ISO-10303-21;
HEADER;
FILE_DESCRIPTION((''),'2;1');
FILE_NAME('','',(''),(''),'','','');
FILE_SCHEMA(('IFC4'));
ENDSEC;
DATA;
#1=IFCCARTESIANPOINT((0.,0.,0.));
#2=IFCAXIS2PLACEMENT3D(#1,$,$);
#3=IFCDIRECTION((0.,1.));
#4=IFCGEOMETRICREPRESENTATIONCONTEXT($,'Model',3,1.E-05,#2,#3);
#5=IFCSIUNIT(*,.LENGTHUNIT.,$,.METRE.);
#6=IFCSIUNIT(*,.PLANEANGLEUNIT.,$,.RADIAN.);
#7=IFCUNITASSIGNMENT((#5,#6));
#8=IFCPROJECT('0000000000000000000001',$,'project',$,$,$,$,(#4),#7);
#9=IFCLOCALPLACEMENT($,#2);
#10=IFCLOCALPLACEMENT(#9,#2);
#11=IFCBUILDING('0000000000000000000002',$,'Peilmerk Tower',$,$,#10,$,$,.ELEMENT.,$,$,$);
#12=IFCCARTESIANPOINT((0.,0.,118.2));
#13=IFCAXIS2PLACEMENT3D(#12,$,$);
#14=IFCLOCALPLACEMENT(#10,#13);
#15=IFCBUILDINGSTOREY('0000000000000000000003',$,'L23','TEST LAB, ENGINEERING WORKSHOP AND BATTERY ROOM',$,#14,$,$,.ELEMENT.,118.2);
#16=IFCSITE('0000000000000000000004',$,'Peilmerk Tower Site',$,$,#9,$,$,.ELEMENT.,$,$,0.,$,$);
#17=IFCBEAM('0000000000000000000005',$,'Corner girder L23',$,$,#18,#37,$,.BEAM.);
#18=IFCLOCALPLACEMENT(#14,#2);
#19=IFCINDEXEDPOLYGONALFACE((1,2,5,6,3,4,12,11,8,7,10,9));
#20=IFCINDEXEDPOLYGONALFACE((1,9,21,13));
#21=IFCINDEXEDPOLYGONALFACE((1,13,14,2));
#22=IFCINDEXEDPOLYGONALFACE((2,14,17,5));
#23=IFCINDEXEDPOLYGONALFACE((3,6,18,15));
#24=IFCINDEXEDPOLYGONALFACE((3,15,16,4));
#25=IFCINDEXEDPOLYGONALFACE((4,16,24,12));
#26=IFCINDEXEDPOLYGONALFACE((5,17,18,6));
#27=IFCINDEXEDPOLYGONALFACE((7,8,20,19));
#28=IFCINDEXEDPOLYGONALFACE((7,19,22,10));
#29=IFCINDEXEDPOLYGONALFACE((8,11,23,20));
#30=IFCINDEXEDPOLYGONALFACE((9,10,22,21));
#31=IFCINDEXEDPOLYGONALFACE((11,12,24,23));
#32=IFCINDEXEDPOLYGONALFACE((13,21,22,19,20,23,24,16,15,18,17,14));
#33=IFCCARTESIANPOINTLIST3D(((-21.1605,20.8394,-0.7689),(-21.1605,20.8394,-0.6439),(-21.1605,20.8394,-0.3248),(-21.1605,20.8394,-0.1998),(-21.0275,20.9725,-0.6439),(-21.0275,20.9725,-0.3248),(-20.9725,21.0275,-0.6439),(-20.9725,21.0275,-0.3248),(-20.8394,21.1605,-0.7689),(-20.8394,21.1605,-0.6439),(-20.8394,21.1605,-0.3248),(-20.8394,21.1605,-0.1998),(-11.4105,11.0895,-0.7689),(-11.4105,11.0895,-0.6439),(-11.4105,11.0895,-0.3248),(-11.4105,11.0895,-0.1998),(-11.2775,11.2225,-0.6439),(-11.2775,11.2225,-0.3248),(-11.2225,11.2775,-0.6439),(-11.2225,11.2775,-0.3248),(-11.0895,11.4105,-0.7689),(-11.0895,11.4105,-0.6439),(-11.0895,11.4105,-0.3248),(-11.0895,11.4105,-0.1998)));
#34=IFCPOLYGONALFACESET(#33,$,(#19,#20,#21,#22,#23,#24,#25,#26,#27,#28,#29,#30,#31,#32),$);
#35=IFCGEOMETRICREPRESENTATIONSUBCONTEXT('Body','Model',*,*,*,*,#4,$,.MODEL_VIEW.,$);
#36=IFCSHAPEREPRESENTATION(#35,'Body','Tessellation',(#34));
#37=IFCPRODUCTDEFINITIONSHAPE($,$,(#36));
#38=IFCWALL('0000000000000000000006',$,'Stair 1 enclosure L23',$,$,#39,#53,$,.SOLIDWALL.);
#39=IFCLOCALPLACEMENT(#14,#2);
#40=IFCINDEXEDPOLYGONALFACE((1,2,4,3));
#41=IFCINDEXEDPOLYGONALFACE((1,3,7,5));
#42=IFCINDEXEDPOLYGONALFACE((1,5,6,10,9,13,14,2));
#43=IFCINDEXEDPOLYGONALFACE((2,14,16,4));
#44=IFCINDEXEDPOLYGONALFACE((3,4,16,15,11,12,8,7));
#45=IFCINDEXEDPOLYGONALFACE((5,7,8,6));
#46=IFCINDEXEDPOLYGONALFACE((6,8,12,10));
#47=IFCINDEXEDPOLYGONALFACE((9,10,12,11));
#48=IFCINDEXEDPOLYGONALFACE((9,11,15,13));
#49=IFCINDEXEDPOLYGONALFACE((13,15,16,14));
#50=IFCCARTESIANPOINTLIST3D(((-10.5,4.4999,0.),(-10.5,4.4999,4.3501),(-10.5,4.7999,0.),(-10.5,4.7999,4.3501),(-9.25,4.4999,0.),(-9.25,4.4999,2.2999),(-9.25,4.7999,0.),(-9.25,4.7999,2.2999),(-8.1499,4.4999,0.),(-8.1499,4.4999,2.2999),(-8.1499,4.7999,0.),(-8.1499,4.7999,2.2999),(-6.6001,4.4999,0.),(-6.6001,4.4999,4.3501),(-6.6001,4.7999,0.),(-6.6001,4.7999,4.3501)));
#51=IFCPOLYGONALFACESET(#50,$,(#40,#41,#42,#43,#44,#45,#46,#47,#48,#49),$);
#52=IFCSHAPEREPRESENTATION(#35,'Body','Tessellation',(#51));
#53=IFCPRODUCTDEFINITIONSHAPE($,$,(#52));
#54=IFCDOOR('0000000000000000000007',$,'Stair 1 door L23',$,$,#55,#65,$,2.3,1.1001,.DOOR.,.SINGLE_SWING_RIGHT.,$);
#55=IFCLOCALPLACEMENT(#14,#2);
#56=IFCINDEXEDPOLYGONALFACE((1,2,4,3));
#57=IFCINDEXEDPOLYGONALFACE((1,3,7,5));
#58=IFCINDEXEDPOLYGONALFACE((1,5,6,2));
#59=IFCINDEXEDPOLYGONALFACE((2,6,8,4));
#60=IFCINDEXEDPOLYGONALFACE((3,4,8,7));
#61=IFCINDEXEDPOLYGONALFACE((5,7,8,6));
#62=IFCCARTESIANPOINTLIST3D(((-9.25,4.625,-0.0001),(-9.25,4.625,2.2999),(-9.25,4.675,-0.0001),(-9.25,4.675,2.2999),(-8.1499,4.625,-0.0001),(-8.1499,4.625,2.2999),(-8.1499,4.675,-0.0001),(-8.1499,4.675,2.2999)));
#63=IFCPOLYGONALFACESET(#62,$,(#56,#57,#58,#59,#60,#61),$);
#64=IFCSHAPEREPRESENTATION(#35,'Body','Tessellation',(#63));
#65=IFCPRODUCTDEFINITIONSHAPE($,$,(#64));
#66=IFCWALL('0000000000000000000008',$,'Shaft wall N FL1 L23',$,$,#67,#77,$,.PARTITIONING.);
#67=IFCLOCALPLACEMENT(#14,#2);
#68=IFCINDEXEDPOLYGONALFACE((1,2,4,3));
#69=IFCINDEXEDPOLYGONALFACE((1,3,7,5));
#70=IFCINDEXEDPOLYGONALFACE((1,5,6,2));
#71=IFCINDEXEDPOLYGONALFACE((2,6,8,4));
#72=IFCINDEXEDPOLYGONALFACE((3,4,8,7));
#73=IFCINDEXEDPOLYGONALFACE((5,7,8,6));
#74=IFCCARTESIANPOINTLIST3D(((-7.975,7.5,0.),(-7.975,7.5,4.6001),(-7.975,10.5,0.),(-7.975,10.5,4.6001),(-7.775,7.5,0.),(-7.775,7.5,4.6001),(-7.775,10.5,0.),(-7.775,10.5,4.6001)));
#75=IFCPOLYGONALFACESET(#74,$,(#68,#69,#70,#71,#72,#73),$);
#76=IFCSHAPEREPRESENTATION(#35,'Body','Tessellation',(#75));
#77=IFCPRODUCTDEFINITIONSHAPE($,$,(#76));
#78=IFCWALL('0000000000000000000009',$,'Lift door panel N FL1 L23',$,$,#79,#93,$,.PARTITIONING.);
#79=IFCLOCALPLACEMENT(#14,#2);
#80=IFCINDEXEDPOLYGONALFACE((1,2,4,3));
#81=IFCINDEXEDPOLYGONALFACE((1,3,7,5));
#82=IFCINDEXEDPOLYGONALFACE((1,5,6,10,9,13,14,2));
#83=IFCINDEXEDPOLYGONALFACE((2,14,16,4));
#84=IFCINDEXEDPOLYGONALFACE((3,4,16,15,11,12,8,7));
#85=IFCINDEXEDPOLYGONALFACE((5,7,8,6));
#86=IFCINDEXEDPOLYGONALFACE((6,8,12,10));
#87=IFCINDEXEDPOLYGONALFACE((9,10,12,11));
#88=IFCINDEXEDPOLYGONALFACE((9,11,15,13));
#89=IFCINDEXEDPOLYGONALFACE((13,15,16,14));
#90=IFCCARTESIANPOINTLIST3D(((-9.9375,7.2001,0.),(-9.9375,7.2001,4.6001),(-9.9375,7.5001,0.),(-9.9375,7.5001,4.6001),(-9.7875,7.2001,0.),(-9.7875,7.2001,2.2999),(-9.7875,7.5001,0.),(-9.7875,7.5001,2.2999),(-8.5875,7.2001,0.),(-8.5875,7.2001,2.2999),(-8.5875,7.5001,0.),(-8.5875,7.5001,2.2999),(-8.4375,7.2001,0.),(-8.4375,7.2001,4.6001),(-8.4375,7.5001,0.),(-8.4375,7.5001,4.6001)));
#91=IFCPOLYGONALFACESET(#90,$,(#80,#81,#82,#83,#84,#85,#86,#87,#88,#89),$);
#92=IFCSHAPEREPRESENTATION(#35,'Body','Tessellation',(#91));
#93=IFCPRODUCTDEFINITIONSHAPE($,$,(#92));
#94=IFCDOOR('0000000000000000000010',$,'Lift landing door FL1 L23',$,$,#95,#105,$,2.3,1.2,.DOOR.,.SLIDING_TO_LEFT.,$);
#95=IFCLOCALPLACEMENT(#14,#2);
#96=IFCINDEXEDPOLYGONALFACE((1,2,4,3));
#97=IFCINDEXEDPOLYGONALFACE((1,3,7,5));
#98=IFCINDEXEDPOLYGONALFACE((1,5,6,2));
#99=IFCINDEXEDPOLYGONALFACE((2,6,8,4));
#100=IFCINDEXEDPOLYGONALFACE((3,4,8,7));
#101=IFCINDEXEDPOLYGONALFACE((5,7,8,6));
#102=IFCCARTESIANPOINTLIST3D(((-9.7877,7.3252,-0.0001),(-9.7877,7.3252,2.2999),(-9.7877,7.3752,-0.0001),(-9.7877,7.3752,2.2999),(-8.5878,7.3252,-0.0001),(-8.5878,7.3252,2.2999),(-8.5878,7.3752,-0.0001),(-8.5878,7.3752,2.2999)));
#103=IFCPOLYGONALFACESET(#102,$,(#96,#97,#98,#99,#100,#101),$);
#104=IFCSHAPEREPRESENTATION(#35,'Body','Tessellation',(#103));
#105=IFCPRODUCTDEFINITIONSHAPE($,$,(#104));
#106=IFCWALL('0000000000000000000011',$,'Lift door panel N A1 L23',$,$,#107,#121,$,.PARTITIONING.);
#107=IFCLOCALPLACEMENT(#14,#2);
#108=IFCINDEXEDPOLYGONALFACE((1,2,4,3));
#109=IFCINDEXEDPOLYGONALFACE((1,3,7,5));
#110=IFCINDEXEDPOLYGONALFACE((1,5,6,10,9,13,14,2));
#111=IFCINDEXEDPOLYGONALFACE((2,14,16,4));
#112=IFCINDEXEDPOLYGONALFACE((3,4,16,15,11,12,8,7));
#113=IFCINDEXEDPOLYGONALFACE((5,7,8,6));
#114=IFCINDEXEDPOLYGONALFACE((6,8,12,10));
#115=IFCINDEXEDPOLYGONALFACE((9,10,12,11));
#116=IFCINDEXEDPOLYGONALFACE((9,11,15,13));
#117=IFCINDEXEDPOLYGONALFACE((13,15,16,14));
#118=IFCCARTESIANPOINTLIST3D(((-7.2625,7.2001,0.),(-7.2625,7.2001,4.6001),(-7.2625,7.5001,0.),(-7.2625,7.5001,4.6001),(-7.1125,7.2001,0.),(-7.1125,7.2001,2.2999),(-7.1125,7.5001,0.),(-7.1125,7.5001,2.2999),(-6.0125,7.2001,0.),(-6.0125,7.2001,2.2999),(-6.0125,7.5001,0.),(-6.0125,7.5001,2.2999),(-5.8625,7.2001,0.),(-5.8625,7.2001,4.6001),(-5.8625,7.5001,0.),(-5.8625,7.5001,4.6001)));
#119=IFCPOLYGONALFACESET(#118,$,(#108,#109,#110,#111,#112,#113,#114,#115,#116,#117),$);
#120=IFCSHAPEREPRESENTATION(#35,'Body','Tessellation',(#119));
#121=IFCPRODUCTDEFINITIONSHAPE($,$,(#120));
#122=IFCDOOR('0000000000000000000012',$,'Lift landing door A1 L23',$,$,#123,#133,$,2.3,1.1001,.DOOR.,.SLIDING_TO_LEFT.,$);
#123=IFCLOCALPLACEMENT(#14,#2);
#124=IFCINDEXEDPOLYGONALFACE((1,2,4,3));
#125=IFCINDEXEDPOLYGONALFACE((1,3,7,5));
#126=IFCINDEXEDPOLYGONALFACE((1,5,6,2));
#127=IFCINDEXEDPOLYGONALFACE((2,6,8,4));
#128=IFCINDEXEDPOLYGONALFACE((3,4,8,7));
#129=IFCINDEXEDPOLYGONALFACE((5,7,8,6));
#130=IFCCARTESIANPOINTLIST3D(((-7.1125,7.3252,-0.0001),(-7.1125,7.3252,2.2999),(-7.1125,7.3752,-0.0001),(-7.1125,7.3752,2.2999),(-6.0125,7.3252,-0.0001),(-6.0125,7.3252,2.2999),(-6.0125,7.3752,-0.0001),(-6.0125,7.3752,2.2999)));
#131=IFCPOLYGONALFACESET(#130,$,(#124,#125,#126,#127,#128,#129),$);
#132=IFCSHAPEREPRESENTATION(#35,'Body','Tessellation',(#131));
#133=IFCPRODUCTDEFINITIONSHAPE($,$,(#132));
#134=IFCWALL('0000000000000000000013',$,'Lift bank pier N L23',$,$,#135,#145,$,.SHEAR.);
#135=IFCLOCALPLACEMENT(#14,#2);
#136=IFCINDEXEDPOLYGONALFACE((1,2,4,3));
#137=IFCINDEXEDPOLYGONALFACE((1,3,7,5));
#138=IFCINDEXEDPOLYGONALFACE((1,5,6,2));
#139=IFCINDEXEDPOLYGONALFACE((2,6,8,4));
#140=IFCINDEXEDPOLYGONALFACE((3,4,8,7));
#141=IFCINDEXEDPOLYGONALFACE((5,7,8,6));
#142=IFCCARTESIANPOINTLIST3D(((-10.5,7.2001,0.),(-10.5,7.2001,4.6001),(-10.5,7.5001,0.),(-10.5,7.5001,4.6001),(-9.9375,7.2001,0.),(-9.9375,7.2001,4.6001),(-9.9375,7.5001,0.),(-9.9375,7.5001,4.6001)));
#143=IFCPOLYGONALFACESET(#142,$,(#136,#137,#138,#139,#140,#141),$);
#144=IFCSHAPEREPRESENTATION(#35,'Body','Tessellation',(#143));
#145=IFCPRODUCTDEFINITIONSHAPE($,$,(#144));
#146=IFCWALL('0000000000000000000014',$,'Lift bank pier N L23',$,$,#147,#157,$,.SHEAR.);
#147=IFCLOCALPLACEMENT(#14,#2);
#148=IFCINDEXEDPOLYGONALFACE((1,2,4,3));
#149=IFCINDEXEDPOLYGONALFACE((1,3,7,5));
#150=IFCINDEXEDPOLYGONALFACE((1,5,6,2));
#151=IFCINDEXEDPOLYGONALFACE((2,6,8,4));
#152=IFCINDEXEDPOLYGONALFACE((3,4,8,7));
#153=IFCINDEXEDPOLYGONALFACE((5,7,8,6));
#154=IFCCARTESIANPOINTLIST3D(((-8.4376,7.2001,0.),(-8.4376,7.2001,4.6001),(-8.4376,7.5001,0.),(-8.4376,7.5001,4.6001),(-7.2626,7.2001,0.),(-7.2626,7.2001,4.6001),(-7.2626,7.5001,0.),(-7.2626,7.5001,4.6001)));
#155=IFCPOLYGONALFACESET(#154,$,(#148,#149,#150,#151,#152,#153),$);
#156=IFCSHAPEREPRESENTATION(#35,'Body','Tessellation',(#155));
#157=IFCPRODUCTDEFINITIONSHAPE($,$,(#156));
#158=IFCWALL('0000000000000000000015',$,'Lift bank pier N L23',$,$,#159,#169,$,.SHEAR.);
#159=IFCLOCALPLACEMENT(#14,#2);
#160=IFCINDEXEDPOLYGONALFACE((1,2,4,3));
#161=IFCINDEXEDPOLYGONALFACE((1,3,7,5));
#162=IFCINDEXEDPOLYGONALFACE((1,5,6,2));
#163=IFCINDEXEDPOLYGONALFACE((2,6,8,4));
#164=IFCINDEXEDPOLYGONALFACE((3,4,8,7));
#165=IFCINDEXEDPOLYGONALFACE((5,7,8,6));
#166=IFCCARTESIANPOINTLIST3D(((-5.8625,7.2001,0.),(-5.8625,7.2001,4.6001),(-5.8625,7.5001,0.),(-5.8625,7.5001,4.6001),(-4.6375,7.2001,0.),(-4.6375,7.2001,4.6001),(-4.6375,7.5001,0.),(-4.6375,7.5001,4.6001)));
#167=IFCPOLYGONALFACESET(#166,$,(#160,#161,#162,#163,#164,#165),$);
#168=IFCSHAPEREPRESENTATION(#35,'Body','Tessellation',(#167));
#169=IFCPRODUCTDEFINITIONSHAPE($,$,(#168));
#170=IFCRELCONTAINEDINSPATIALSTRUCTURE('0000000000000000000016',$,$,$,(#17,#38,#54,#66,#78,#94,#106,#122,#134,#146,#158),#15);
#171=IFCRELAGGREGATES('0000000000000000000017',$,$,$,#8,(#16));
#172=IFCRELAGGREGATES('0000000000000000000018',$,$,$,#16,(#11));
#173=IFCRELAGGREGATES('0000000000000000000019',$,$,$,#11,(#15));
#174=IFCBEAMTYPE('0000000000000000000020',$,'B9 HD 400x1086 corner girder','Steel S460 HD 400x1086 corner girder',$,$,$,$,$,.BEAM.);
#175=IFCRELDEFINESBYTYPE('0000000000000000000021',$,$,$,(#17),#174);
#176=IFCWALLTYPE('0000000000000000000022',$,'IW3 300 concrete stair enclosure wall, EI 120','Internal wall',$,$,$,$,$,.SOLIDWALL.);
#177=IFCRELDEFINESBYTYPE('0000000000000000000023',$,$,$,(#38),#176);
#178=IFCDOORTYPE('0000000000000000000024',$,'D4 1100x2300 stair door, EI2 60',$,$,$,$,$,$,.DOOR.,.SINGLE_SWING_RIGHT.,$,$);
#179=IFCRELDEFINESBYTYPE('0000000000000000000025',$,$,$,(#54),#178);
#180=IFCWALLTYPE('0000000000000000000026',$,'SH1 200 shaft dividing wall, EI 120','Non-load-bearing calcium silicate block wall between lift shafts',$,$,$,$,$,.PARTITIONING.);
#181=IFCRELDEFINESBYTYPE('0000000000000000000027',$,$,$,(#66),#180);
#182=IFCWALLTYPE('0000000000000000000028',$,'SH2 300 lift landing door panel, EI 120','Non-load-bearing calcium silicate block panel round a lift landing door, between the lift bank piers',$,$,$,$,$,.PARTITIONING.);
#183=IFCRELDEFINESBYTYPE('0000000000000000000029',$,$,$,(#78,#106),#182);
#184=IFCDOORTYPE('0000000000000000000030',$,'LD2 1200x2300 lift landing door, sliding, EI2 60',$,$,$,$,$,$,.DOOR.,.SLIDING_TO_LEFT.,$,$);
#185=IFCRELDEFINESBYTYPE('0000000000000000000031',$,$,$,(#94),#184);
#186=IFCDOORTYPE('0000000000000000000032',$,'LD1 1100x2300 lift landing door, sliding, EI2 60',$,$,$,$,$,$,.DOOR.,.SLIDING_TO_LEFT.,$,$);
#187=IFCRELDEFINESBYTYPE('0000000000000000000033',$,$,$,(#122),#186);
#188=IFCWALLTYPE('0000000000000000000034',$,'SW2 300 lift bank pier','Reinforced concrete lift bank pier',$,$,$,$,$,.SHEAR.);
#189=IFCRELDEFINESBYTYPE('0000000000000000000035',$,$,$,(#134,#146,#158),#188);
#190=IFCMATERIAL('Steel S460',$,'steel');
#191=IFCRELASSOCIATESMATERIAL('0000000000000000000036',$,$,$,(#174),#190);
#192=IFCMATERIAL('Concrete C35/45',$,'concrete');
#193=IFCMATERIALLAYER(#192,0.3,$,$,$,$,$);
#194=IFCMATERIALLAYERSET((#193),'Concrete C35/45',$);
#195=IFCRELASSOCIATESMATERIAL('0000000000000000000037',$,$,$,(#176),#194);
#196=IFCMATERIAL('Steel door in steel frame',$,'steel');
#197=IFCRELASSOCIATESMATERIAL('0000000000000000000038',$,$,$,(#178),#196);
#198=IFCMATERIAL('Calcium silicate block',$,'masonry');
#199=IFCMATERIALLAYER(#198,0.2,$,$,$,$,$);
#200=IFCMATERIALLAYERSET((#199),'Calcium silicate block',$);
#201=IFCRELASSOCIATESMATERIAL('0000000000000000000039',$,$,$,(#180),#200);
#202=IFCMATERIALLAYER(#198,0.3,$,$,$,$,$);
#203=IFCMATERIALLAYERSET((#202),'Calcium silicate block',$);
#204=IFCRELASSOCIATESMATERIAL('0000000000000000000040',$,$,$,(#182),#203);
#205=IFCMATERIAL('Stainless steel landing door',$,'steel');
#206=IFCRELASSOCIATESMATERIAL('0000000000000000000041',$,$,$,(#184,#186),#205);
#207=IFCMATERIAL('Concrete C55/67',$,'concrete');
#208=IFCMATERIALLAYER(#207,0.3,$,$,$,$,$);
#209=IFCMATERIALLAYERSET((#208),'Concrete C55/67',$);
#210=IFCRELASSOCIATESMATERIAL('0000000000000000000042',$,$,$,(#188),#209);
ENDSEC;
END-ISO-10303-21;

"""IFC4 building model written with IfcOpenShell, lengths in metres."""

from ifc_helpers import new_model, si_unit, direction, frame, frame_2d, origin, origin_2d, place, context, subcontext, project, spatial, rectangle, i_section, extrude, material, layer, layer_set, material_profile, profile_set, type_object, element, fill, save


model = new_model("IFC4")

# Units and contexts
model_context = context("Model", 3, precision=1e-05, world=origin(), true_north=direction((0.0, 1.0)))
body_context = subcontext(model_context, "Body", "Model", "MODEL_VIEW")
ifc_project = project(units=[si_unit("LENGTHUNIT", "METRE"), si_unit("PLANEANGLEUNIT", "RADIAN")], contexts=[model_context])

# Site, building, storey
site_placement = place(None, origin())
site = spatial("IfcSite", under=ifc_project, at=site_placement, Name="Peilmerk Tower Site", CompositionType="ELEMENT", RefElevation=0.0)
building_placement = place(site_placement, origin())
building = spatial("IfcBuilding", under=site, at=building_placement, Name="Peilmerk Tower", CompositionType="ELEMENT")
storey_placement = place(building_placement, frame((0.0, 0.0, 118.2)))
storey = spatial("IfcBuildingStorey", under=building, at=storey_placement, Name="L23", Description="TEST LAB, ENGINEERING WORKSHOP AND BATTERY ROOM", CompositionType="ELEMENT", Elevation=118.2)

# Beam
ifc_material_1 = material(Name="Steel S460", Category="steel")
ifc_material_profile = material_profile(ifc_material_1, i_section(OverallWidth=0.4541, OverallDepth=0.5691, WebThickness=0.0779, FlangeThickness=0.125, at=origin_2d()), Name="HD 400x1086")
ifc_profile_set = profile_set([ifc_material_profile], Name="Steel S460")
beam_type = type_object("IfcBeamType", Name="B9 HD 400x1086 corner girder", Description="Steel S460 HD 400x1086 corner girder", PredefinedType="BEAM", material=ifc_profile_set)
beam_placement = place(storey_placement, frame((-11.25, 11.25, -0.4844), z_axis=(-0.707107, 0.707107, 0.0), x_axis=(-0.707107, -0.707107, 0.0)))
element("IfcBeam", 1, at=beam_placement, inside=storey, type_object=beam_type, Name="Corner girder L23", PredefinedType="BEAM", context=body_context, shape_type="SweptSolid", body=[
    extrude(i_section(OverallWidth=0.4541, OverallDepth=0.5691, WebThickness=0.0779, FlangeThickness=0.125, at=origin_2d()), origin(), (0.0, 0.0, 1.0), 13.7886),
])

# Wall, opening, door
ifc_material_2 = material(Name="Concrete C35/45", Category="concrete")
ifc_layer_1 = layer(ifc_material_2, 0.3)
ifc_layer_set_1 = layer_set([ifc_layer_1], Name="Concrete C35/45")
wall_type_1 = type_object("IfcWallType", Name="IW3 300 concrete stair enclosure wall, EI 120", Description="Internal wall", PredefinedType="SOLIDWALL", material=ifc_layer_set_1)
wall_1_placement = place(storey_placement, frame((-10.5, 4.6499, 0.0), z_axis=(0.0, 0.0, 1.0), x_axis=(1.0, 0.0, 0.0)))
wall_1 = element("IfcWall", 2, at=wall_1_placement, inside=storey, type_object=wall_type_1, Name="Stair 1 enclosure L23", PredefinedType="SOLIDWALL", context=body_context, shape_type="SweptSolid", body=[
    extrude(rectangle(XDim=3.8999, YDim=0.3, at=frame_2d((1.95, 0.0))), origin(), (0.0, 0.0, 1.0), 4.3501),
])
opening_1_placement = place(wall_1_placement, frame((1.25, 0.0, 0.0)))
opening_1 = element("IfcOpeningElement", 3, at=opening_1_placement, cuts=wall_1, PredefinedType="OPENING", context=body_context, shape_type="SweptSolid", body=[
    extrude(rectangle(XDim=1.1001, YDim=2.3, at=frame_2d((0.55, 1.1499))), frame((0.0, 0.1599, 0.0), z_axis=(0.0, -1.0, 0.0), x_axis=(1.0, 0.0, 0.0)), (0.0, 0.0, 1.0), 0.3201),
])
ifc_material_3 = material(Name="Steel door in steel frame", Category="steel")
door_type_1 = type_object("IfcDoorType", Name="D4 1100x2300 stair door, EI2 60", OperationType="SINGLE_SWING_RIGHT", PredefinedType="DOOR", material=ifc_material_3)
door_1_placement = place(opening_1_placement, frame((1.1001, 0.0, 0.0), z_axis=(0.0, 0.0, 1.0), x_axis=(-1.0, 0.0, 0.0)))
door_1 = element("IfcDoor", 4, at=door_1_placement, inside=storey, type_object=door_type_1, Name="Stair 1 door L23", OperationType="SINGLE_SWING_RIGHT", OverallHeight=2.3, OverallWidth=1.1001, PredefinedType="DOOR", context=body_context, shape_type="SweptSolid", body=[
    extrude(rectangle(XDim=1.1001, YDim=2.3, at=frame_2d((0.55, 1.1499))), frame((0.0, 0.0249, 0.0), z_axis=(0.0, -1.0, 0.0), x_axis=(1.0, 0.0, 0.0)), (0.0, 0.0, 1.0), 0.05),
])
fill(opening_1, door_1)

# Wall
ifc_material_4 = material(Name="Calcium silicate block", Category="masonry")
ifc_layer_2 = layer(ifc_material_4, 0.2)
ifc_layer_set_2 = layer_set([ifc_layer_2], Name="Calcium silicate block")
wall_type_2 = type_object("IfcWallType", Name="SH1 200 shaft dividing wall, EI 120", Description="Non-load-bearing calcium silicate block wall between lift shafts", PredefinedType="PARTITIONING", material=ifc_layer_set_2)
wall_2_placement = place(storey_placement, frame((-7.875, 7.5, 0.0), z_axis=(0.0, 0.0, 1.0), x_axis=(0.0, 1.0, 0.0)))
element("IfcWall", 5, at=wall_2_placement, inside=storey, type_object=wall_type_2, Name="Shaft wall N FL1 L23", PredefinedType="PARTITIONING", context=body_context, shape_type="SweptSolid", body=[
    extrude(rectangle(XDim=3.0, YDim=0.2, at=frame_2d((1.5, 0.0))), origin(), (0.0, 0.0, 1.0), 4.6001),
])

# Walls, openings, doors
ifc_layer_3 = layer(ifc_material_4, 0.3)
ifc_layer_set_3 = layer_set([ifc_layer_3], Name="Calcium silicate block")
wall_type_3 = type_object("IfcWallType", Name="SH2 300 lift landing door panel, EI 120", Description="Non-load-bearing calcium silicate block panel round a lift landing door, between the lift bank piers", PredefinedType="PARTITIONING", material=ifc_layer_set_3)
wall_3_placement = place(storey_placement, frame((-9.9375, 7.3501, 0.0), z_axis=(0.0, 0.0, 1.0), x_axis=(1.0, 0.0, 0.0)))
wall_3 = element("IfcWall", 6, at=wall_3_placement, inside=storey, type_object=wall_type_3, Name="Lift door panel N FL1 L23", PredefinedType="PARTITIONING", context=body_context, shape_type="SweptSolid", body=[
    extrude(rectangle(XDim=1.5, YDim=0.3, at=frame_2d((0.75, 0.0))), origin(), (0.0, 0.0, 1.0), 4.6001),
])
opening_2_placement = place(wall_3_placement, frame((0.1499, 0.0, 0.0)))
opening_2 = element("IfcOpeningElement", 7, at=opening_2_placement, cuts=wall_3, PredefinedType="OPENING", context=body_context, shape_type="SweptSolid", body=[
    extrude(rectangle(XDim=1.2, YDim=2.3, at=frame_2d((0.6001, 1.1499))), frame((0.0, 0.1599, 0.0), z_axis=(0.0, -1.0, 0.0), x_axis=(1.0, 0.0, 0.0)), (0.0, 0.0, 1.0), 0.3201),
])
ifc_material_5 = material(Name="Stainless steel landing door", Category="steel")
door_type_2 = type_object("IfcDoorType", Name="LD2 1200x2300 lift landing door, sliding, EI2 60", OperationType="SLIDING_TO_LEFT", PredefinedType="DOOR", material=ifc_material_5)
door_2_placement = place(opening_2_placement, frame((1.2, 0.0, 0.0), z_axis=(0.0, 0.0, 1.0), x_axis=(-1.0, 0.0, 0.0)))
door_2 = element("IfcDoor", 8, at=door_2_placement, inside=storey, type_object=door_type_2, Name="Lift landing door FL1 L23", OperationType="SLIDING_TO_LEFT", OverallHeight=2.3, OverallWidth=1.2, PredefinedType="DOOR", context=body_context, shape_type="SweptSolid", body=[
    extrude(rectangle(XDim=1.2, YDim=2.3, at=frame_2d((0.6001, 1.1499))), frame((0.0, 0.0249, 0.0), z_axis=(0.0, -1.0, 0.0), x_axis=(1.0, 0.0, 0.0)), (0.0, 0.0, 1.0), 0.05),
])
fill(opening_2, door_2)
wall_4_placement = place(storey_placement, frame((-7.2625, 7.3501, 0.0), z_axis=(0.0, 0.0, 1.0), x_axis=(1.0, 0.0, 0.0)))
wall_4 = element("IfcWall", 9, at=wall_4_placement, inside=storey, type_object=wall_type_3, Name="Lift door panel N A1 L23", PredefinedType="PARTITIONING", context=body_context, shape_type="SweptSolid", body=[
    extrude(rectangle(XDim=1.3999, YDim=0.3, at=frame_2d((0.7, 0.0))), origin(), (0.0, 0.0, 1.0), 4.6001),
])
opening_3_placement = place(wall_4_placement, frame((0.1499, 0.0, 0.0)))
opening_3 = element("IfcOpeningElement", 10, at=opening_3_placement, cuts=wall_4, PredefinedType="OPENING", context=body_context, shape_type="SweptSolid", body=[
    extrude(rectangle(XDim=1.1001, YDim=2.3, at=frame_2d((0.55, 1.1499))), frame((0.0, 0.1599, 0.0), z_axis=(0.0, -1.0, 0.0), x_axis=(1.0, 0.0, 0.0)), (0.0, 0.0, 1.0), 0.3201),
])
door_type_3 = type_object("IfcDoorType", Name="LD1 1100x2300 lift landing door, sliding, EI2 60", OperationType="SLIDING_TO_LEFT", PredefinedType="DOOR", material=ifc_material_5)
door_3_placement = place(opening_3_placement, frame((1.1001, 0.0, 0.0), z_axis=(0.0, 0.0, 1.0), x_axis=(-1.0, 0.0, 0.0)))
door_3 = element("IfcDoor", 11, at=door_3_placement, inside=storey, type_object=door_type_3, Name="Lift landing door A1 L23", OperationType="SLIDING_TO_LEFT", OverallHeight=2.3, OverallWidth=1.1001, PredefinedType="DOOR", context=body_context, shape_type="SweptSolid", body=[
    extrude(rectangle(XDim=1.1001, YDim=2.3, at=frame_2d((0.55, 1.1499))), frame((0.0, 0.0249, 0.0), z_axis=(0.0, -1.0, 0.0), x_axis=(1.0, 0.0, 0.0)), (0.0, 0.0, 1.0), 0.05),
])
fill(opening_3, door_3)

# Walls
ifc_material_6 = material(Name="Concrete C55/67", Category="concrete")
ifc_layer_4 = layer(ifc_material_6, 0.3)
ifc_layer_set_4 = layer_set([ifc_layer_4], Name="Concrete C55/67")
wall_type_4 = type_object("IfcWallType", Name="SW2 300 lift bank pier", Description="Reinforced concrete lift bank pier", PredefinedType="SHEAR", material=ifc_layer_set_4)
wall_5_placement = place(storey_placement, frame((-10.5, 7.3501, 0.0), z_axis=(0.0, 0.0, 1.0), x_axis=(1.0, 0.0, 0.0)))
element("IfcWall", 12, at=wall_5_placement, inside=storey, type_object=wall_type_4, Name="Lift bank pier N L23", PredefinedType="SHEAR", context=body_context, shape_type="SweptSolid", body=[
    extrude(rectangle(XDim=0.5625, YDim=0.3, at=frame_2d((0.2812, 0.0))), origin(), (0.0, 0.0, 1.0), 4.6001),
])
wall_6_placement = place(storey_placement, frame((-8.4375, 7.3501, 0.0), z_axis=(0.0, 0.0, 1.0), x_axis=(1.0, 0.0, 0.0)))
element("IfcWall", 13, at=wall_6_placement, inside=storey, type_object=wall_type_4, Name="Lift bank pier N L23", PredefinedType="SHEAR", context=body_context, shape_type="SweptSolid", body=[
    extrude(rectangle(XDim=1.175, YDim=0.3, at=frame_2d((0.5874, 0.0))), origin(), (0.0, 0.0, 1.0), 4.6001),
])
wall_7_placement = place(storey_placement, frame((-5.8625, 7.3501, 0.0), z_axis=(0.0, 0.0, 1.0), x_axis=(1.0, 0.0, 0.0)))
element("IfcWall", 14, at=wall_7_placement, inside=storey, type_object=wall_type_4, Name="Lift bank pier N L23", PredefinedType="SHEAR", context=body_context, shape_type="SweptSolid", body=[
    extrude(rectangle(XDim=1.2251, YDim=0.3, at=frame_2d((0.6125, 0.0))), origin(), (0.0, 0.0, 1.0), 4.6001),
])

save(model, "model.ifc")
